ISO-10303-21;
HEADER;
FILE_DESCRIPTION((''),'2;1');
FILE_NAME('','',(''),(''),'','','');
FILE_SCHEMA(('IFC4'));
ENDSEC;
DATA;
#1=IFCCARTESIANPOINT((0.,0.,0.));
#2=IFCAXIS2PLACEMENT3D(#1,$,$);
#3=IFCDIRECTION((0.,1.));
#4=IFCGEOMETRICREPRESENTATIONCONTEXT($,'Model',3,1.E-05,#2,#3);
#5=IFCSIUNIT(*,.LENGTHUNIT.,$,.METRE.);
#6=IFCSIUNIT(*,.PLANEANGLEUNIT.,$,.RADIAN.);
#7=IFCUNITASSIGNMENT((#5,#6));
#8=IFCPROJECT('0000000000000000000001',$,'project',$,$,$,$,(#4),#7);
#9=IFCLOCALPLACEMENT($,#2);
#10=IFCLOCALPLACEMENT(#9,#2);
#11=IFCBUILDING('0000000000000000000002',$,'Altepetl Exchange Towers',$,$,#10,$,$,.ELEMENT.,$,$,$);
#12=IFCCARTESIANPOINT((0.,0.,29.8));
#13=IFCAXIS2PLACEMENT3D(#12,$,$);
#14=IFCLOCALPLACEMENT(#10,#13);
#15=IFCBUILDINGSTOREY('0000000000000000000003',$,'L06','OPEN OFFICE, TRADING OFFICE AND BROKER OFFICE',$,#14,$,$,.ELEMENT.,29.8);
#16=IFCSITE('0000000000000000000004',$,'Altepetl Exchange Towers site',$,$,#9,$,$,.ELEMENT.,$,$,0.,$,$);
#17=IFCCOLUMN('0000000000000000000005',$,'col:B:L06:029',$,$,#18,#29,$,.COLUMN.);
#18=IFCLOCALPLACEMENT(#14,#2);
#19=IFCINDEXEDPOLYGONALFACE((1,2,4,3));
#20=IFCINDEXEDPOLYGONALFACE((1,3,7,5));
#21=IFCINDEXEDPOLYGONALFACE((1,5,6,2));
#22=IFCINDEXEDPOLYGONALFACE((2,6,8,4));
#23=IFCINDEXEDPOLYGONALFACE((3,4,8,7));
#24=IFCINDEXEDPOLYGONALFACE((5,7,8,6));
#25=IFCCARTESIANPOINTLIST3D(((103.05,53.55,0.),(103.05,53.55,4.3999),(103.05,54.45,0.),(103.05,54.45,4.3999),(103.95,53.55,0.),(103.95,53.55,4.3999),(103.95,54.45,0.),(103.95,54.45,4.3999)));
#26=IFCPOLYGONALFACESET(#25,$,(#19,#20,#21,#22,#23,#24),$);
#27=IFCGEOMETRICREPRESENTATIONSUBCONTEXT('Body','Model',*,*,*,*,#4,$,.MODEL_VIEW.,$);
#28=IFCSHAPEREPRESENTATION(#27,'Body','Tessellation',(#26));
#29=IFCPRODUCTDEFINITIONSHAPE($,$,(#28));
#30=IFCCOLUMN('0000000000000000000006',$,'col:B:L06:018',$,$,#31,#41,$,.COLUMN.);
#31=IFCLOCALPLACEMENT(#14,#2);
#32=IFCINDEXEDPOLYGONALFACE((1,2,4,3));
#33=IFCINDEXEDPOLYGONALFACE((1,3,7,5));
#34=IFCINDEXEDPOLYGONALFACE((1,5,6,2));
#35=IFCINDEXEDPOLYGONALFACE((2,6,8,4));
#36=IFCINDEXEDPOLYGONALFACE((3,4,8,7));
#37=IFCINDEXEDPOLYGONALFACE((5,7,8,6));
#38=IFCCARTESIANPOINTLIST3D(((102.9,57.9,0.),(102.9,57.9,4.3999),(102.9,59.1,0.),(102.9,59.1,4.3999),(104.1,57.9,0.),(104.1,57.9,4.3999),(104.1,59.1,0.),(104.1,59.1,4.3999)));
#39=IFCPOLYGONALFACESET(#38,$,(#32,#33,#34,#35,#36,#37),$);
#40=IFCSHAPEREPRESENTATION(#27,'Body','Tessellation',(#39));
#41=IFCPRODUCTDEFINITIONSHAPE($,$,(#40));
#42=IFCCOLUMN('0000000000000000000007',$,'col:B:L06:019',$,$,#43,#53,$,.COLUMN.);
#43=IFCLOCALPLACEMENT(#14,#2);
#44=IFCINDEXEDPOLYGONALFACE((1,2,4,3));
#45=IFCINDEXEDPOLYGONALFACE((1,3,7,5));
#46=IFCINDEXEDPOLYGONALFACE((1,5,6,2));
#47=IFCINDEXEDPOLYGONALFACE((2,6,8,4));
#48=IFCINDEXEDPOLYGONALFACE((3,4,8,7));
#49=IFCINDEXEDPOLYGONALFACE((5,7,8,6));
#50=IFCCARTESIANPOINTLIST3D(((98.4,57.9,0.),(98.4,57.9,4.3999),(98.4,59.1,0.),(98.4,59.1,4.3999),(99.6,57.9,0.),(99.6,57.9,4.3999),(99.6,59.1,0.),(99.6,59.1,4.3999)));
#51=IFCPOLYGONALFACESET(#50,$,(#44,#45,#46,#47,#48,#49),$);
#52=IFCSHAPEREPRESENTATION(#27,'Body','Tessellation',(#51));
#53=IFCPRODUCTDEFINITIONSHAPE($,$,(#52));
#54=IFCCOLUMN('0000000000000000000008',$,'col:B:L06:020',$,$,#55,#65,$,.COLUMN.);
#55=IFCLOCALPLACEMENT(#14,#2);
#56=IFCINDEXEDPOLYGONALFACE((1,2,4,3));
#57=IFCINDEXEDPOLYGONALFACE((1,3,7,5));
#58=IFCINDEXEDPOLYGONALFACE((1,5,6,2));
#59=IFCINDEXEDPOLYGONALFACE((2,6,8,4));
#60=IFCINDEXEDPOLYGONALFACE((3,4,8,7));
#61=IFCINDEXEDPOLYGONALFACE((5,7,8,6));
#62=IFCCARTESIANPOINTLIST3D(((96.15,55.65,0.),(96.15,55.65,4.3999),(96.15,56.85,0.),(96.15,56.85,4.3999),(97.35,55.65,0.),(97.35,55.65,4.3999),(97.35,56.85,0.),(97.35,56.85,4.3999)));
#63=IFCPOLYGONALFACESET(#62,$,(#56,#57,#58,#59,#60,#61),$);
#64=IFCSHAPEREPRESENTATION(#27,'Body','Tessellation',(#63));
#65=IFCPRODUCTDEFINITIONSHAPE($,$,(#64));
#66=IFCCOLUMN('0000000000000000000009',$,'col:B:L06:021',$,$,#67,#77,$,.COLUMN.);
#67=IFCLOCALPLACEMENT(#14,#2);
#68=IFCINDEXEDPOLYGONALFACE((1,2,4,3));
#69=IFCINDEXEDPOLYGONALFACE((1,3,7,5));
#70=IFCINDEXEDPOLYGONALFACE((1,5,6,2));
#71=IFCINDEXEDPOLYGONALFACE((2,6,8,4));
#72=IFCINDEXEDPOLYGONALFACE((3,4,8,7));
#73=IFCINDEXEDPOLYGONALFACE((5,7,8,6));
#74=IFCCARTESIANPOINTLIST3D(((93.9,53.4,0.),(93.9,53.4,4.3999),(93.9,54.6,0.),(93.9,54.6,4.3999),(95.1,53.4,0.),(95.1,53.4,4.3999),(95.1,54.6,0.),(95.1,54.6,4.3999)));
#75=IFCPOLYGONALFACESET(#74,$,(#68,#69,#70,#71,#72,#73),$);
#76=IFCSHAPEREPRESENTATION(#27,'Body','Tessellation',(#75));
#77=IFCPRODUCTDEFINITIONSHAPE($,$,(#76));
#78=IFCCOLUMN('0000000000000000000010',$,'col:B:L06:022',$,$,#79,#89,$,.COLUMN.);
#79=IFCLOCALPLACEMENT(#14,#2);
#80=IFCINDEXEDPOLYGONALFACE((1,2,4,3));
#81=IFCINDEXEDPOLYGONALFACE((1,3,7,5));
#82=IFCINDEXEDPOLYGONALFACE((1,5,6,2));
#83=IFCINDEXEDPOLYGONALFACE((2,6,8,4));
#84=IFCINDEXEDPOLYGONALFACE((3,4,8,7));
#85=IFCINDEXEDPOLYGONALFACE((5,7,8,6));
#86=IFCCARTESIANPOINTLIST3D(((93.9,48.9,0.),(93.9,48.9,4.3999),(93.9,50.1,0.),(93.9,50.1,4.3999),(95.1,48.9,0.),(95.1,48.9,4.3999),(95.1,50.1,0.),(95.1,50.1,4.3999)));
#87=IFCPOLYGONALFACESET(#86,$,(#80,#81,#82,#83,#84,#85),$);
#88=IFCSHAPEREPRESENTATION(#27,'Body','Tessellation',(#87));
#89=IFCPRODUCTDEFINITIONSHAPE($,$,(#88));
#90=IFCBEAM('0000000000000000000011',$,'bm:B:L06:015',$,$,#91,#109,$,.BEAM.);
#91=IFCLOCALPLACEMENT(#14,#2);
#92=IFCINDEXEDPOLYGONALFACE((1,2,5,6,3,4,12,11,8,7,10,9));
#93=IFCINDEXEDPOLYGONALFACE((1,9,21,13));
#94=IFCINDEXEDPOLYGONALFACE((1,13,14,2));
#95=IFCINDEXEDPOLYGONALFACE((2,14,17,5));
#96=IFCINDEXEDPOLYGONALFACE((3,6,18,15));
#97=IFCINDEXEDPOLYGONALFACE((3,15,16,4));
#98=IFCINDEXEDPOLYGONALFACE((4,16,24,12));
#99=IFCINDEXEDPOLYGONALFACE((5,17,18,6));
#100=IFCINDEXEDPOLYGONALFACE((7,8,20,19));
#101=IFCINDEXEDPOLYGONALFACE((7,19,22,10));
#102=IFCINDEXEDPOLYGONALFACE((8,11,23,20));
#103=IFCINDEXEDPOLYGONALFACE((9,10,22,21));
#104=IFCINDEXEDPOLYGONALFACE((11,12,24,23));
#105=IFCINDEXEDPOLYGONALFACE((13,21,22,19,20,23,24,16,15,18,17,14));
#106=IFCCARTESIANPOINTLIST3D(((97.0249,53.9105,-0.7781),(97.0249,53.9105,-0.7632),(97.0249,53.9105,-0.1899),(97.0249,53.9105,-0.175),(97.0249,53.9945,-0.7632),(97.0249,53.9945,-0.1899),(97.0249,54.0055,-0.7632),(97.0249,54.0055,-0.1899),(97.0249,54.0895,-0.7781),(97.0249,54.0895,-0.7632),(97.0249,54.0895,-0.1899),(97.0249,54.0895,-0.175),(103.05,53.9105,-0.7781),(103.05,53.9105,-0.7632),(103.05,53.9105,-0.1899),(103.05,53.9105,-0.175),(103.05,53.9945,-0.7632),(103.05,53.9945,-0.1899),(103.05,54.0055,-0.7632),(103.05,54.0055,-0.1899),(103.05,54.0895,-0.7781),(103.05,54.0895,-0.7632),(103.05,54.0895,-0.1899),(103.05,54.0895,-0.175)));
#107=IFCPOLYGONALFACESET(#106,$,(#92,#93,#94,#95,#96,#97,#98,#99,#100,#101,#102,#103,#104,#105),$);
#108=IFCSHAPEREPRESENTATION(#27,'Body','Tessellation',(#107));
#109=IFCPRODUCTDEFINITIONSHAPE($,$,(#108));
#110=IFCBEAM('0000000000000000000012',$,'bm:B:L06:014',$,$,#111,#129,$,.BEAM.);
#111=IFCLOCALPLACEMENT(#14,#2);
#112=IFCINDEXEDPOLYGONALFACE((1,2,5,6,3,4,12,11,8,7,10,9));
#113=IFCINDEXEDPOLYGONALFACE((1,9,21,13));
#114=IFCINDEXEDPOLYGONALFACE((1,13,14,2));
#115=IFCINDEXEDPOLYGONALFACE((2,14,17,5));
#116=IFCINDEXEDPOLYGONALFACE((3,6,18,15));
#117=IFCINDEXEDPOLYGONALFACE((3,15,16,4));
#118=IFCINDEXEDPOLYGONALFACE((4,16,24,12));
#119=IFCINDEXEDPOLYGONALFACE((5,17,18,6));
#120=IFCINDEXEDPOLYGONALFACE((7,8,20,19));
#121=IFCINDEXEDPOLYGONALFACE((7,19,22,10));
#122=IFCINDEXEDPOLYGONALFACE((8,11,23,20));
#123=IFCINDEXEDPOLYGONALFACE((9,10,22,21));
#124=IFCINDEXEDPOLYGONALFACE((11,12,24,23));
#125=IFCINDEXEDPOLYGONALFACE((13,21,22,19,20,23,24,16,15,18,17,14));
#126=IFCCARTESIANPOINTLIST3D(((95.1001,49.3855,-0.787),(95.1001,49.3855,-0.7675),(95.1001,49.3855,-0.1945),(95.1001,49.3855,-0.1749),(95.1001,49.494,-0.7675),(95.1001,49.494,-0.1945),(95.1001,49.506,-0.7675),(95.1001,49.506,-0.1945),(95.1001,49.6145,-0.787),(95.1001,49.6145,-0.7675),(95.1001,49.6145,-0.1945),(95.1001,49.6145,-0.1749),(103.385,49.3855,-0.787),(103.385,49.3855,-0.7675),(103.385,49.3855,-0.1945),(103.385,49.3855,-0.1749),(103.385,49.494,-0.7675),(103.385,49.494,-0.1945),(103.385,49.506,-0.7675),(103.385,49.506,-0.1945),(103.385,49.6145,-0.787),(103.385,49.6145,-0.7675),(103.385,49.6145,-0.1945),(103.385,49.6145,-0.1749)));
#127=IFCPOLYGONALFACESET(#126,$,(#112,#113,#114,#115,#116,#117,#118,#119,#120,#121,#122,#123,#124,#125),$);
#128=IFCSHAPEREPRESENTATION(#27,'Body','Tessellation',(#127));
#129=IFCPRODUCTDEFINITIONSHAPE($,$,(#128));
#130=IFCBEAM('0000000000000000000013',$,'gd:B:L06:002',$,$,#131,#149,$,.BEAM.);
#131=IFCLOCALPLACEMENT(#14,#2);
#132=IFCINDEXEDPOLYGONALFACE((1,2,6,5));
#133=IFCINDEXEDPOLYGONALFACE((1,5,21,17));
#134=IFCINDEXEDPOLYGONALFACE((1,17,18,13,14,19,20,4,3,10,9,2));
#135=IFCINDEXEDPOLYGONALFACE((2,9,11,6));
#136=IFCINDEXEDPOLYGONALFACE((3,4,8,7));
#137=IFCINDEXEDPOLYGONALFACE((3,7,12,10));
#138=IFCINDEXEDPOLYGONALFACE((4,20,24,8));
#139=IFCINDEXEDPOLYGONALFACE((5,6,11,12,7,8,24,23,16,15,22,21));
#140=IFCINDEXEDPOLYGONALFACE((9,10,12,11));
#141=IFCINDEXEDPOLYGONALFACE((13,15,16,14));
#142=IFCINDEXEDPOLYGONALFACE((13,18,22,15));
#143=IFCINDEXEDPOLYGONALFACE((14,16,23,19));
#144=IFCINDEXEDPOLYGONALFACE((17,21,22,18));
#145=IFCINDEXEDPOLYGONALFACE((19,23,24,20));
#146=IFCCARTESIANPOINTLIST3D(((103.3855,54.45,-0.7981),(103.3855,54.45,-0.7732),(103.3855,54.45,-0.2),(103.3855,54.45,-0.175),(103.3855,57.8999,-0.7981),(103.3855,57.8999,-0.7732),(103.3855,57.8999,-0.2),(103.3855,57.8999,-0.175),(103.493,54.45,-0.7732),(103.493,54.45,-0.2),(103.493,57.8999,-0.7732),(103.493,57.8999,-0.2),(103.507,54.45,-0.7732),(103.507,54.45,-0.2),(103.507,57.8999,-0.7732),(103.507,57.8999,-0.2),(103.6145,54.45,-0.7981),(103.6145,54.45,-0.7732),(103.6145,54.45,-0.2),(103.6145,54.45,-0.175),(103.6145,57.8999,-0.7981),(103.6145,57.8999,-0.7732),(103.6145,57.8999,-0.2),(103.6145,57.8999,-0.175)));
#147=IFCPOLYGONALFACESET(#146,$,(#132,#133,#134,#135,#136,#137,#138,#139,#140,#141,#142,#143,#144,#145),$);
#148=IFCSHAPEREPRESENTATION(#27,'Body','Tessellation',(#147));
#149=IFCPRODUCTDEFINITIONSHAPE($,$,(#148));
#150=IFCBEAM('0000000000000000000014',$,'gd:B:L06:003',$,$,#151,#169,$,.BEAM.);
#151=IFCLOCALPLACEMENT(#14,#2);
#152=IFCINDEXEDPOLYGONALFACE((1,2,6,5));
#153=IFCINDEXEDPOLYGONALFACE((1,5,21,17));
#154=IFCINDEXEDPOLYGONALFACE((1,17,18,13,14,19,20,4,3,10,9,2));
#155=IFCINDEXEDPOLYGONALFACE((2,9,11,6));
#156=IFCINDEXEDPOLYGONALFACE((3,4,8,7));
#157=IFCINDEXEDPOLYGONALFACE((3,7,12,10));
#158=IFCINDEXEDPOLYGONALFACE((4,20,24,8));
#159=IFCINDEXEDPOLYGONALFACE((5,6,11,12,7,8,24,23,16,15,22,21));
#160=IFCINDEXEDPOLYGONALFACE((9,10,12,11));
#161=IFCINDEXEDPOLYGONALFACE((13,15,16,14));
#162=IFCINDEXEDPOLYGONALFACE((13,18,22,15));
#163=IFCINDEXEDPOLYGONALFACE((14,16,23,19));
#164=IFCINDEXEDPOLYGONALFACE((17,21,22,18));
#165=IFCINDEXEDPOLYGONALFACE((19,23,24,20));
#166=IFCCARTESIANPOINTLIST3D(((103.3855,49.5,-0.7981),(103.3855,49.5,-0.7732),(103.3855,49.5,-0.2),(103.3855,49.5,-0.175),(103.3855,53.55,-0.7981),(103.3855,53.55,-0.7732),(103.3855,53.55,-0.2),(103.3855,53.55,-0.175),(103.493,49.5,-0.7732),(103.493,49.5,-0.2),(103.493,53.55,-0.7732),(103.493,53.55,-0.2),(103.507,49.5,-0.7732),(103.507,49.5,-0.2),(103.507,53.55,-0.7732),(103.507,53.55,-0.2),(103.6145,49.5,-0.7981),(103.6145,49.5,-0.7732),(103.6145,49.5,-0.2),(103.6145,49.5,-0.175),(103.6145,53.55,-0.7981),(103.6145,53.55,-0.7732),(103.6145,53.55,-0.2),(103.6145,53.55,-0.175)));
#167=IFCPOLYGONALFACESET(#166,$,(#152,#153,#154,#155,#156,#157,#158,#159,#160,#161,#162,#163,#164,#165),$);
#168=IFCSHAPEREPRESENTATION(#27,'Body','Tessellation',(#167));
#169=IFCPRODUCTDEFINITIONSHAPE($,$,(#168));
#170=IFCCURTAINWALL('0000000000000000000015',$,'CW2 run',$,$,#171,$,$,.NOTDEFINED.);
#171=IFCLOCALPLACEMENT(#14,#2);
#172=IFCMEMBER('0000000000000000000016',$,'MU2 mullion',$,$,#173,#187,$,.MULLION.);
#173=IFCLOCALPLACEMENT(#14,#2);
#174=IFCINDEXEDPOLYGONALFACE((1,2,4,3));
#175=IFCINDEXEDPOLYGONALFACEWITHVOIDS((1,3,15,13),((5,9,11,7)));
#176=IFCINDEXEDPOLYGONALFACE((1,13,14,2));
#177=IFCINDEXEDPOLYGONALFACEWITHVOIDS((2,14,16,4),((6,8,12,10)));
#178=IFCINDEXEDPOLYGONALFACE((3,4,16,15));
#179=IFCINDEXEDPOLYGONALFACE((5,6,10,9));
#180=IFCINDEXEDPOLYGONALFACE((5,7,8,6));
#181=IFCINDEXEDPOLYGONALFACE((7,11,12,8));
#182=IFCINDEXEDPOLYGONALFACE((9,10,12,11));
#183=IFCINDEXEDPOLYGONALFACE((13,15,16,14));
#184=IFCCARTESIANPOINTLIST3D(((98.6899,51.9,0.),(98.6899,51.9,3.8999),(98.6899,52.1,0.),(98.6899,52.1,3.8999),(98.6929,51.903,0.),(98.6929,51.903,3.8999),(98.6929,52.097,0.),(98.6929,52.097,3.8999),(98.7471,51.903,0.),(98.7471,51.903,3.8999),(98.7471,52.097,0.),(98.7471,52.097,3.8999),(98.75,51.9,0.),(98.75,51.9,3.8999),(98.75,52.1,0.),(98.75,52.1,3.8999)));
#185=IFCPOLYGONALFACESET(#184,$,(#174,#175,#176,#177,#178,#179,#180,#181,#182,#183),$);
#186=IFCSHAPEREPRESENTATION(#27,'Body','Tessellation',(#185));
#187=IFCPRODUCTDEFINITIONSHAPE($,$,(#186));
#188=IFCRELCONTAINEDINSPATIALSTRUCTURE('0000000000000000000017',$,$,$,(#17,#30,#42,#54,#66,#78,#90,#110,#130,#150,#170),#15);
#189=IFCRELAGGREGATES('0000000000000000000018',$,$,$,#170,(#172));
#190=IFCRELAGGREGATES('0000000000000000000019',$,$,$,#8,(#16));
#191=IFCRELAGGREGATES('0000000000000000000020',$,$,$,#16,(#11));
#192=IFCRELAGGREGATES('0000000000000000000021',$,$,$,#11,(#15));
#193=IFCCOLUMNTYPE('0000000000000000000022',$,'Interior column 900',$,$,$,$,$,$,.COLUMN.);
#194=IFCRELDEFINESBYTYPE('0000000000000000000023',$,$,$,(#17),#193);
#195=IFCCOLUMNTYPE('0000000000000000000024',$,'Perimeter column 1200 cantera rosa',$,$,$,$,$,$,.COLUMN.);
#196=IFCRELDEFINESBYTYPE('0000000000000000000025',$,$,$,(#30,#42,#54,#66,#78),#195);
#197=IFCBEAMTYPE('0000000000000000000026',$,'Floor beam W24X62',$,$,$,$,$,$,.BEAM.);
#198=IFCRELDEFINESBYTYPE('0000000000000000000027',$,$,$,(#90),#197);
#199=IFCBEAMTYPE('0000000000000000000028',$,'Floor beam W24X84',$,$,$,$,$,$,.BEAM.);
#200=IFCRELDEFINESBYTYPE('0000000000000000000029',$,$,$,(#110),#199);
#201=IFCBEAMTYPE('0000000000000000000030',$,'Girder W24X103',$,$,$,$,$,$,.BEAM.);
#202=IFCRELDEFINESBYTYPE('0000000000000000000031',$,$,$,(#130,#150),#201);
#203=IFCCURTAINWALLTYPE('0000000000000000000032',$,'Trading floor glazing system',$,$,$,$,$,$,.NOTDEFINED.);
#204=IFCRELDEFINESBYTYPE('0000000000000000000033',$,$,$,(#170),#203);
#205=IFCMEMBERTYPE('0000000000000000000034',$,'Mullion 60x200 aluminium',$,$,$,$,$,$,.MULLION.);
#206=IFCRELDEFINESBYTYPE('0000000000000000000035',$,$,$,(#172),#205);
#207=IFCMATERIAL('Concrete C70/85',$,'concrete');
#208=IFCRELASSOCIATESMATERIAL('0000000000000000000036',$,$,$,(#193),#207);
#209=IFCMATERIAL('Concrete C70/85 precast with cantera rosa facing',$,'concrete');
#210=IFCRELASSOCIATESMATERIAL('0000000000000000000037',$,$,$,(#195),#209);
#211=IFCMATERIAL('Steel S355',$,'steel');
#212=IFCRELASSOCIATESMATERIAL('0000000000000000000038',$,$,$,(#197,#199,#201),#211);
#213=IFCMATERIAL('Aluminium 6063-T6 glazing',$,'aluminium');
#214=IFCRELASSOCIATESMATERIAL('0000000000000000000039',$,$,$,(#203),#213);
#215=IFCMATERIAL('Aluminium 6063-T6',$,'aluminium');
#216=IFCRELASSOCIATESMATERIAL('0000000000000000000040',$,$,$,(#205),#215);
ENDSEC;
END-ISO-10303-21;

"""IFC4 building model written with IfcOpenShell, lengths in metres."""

from ifc_helpers import new_model, si_unit, direction, frame, origin, origin_2d, place, context, subcontext, project, spatial, rectangle, hollow_rectangle, i_section, extrude, material, material_profile, profile_set, type_object, element, aggregate, save


model = new_model("IFC4")

# Units and contexts
model_context = context("Model", 3, precision=1e-05, world=origin(), true_north=direction((0.0, 1.0)))
body_context = subcontext(model_context, "Body", "Model", "MODEL_VIEW")
ifc_project = project(units=[si_unit("LENGTHUNIT", "METRE"), si_unit("PLANEANGLEUNIT", "RADIAN")], contexts=[model_context])

# Site, building, storey
site_placement = place(None, origin())
site = spatial("IfcSite", under=ifc_project, at=site_placement, Name="Altepetl Exchange Towers site", CompositionType="ELEMENT", RefElevation=0.0)
building_placement = place(site_placement, origin())
building = spatial("IfcBuilding", under=site, at=building_placement, Name="Altepetl Exchange Towers", CompositionType="ELEMENT")
storey_placement = place(building_placement, frame((0.0, 0.0, 29.8)))
storey = spatial("IfcBuildingStorey", under=building, at=storey_placement, Name="L06", Description="OPEN OFFICE, TRADING OFFICE AND BROKER OFFICE", CompositionType="ELEMENT", Elevation=29.8)

# Columns
ifc_material_1 = material(Name="Concrete C70/85", Category="concrete")
ifc_material_profile_1 = material_profile(ifc_material_1, rectangle(XDim=0.8999, YDim=0.8999, at=origin_2d()), Name="900 x 900")
ifc_profile_set_1 = profile_set([ifc_material_profile_1], Name="Concrete C70/85")
column_type_1 = type_object("IfcColumnType", Name="Interior column 900", PredefinedType="COLUMN", material=ifc_profile_set_1)
column_placement = place(storey_placement, frame((103.5, 54.0, 0.0)))
element("IfcColumn", 1, at=column_placement, inside=storey, type_object=column_type_1, Name="col:B:L06:029", PredefinedType="COLUMN", context=body_context, shape_type="SweptSolid", body=[
    extrude(rectangle(XDim=0.8999, YDim=0.8999, at=origin_2d()), origin(), (0.0, 0.0, 1.0), 4.3999),
])
ifc_material_2 = material(Name="Concrete C70/85 precast with cantera rosa facing", Category="concrete")
ifc_material_profile_2 = material_profile(ifc_material_2, rectangle(XDim=1.2, YDim=1.2, at=origin_2d()), Name="1200 x 1200")
ifc_profile_set_2 = profile_set([ifc_material_profile_2], Name="Concrete C70/85 precast with cantera rosa facing")
column_type_2 = type_object("IfcColumnType", Name="Perimeter column 1200 cantera rosa", PredefinedType="COLUMN", material=ifc_profile_set_2)
for number, where, name in (
    (2, (103.5, 58.5, 0.0), "col:B:L06:018"),
    (3, (99.0, 58.5, 0.0), "col:B:L06:019"),
    (4, (96.75, 56.25, 0.0), "col:B:L06:020"),
    (5, (94.5, 54.0, 0.0), "col:B:L06:021"),
    (6, (94.5, 49.5, 0.0), "col:B:L06:022"),
):
    element("IfcColumn", number, at=place(storey_placement, frame(where)), inside=storey, type_object=column_type_2, Name=name, PredefinedType="COLUMN", context=body_context, shape_type="SweptSolid", body=[
        extrude(rectangle(XDim=1.2, YDim=1.2, at=origin_2d()), origin(), (0.0, 0.0, 1.0), 4.3999),
    ])

# Beams
ifc_material_3 = material(Name="Steel S355", Category="steel")
ifc_material_profile_3 = material_profile(ifc_material_3, i_section(OverallWidth=0.179, OverallDepth=0.603, WebThickness=0.011, FlangeThickness=0.0149, at=origin_2d()), Name="W24X62")
ifc_profile_set_3 = profile_set([ifc_material_profile_3], Name="Steel S355")
beam_type_1 = type_object("IfcBeamType", Name="Floor beam W24X62", PredefinedType="BEAM", material=ifc_profile_set_3)
beam_1_placement = place(storey_placement, frame((97.0249, 54.0, -0.4766), z_axis=(1.0, 0.0, 0.0), x_axis=(0.0, 1.0, 0.0)))
element("IfcBeam", 7, at=beam_1_placement, inside=storey, type_object=beam_type_1, Name="bm:B:L06:015", PredefinedType="BEAM", context=body_context, shape_type="SweptSolid", body=[
    extrude(i_section(OverallWidth=0.179, OverallDepth=0.603, WebThickness=0.011, FlangeThickness=0.0149, at=origin_2d()), origin(), (0.0, 0.0, 1.0), 6.0251),
])
ifc_material_profile_4 = material_profile(ifc_material_3, i_section(OverallWidth=0.229, OverallDepth=0.6121, WebThickness=0.012, FlangeThickness=0.0195, at=origin_2d()), Name="W24X84")
ifc_profile_set_4 = profile_set([ifc_material_profile_4], Name="Steel S355")
beam_type_2 = type_object("IfcBeamType", Name="Floor beam W24X84", PredefinedType="BEAM", material=ifc_profile_set_4)
beam_2_placement = place(storey_placement, frame((95.1001, 49.5, -0.481), z_axis=(1.0, 0.0, 0.0), x_axis=(0.0, 1.0, 0.0)))
element("IfcBeam", 8, at=beam_2_placement, inside=storey, type_object=beam_type_2, Name="bm:B:L06:014", PredefinedType="BEAM", context=body_context, shape_type="SweptSolid", body=[
    extrude(i_section(OverallWidth=0.229, OverallDepth=0.6121, WebThickness=0.012, FlangeThickness=0.0195, at=origin_2d()), origin(), (0.0, 0.0, 1.0), 8.2849),
])
ifc_material_profile_5 = material_profile(ifc_material_3, i_section(OverallWidth=0.229, OverallDepth=0.623, WebThickness=0.0139, FlangeThickness=0.0249, at=origin_2d()), Name="W24X103")
ifc_profile_set_5 = profile_set([ifc_material_profile_5], Name="Steel S355")
beam_type_3 = type_object("IfcBeamType", Name="Girder W24X103", PredefinedType="BEAM", material=ifc_profile_set_5)
beam_3_placement = place(storey_placement, frame((103.5, 57.8999, -0.4866), z_axis=(0.0, -1.0, 0.0), x_axis=(1.0, 0.0, 0.0)))
element("IfcBeam", 9, at=beam_3_placement, inside=storey, type_object=beam_type_3, Name="gd:B:L06:002", PredefinedType="BEAM", context=body_context, shape_type="SweptSolid", body=[
    extrude(i_section(OverallWidth=0.229, OverallDepth=0.623, WebThickness=0.0139, FlangeThickness=0.0249, at=origin_2d()), origin(), (0.0, 0.0, 1.0), 3.45),
])
beam_4_placement = place(storey_placement, frame((103.5, 53.55, -0.4866), z_axis=(0.0, -1.0, 0.0), x_axis=(1.0, 0.0, 0.0)))
element("IfcBeam", 10, at=beam_4_placement, inside=storey, type_object=beam_type_3, Name="gd:B:L06:003", PredefinedType="BEAM", context=body_context, shape_type="SweptSolid", body=[
    extrude(i_section(OverallWidth=0.229, OverallDepth=0.623, WebThickness=0.0139, FlangeThickness=0.0249, at=origin_2d()), origin(), (0.0, 0.0, 1.0), 4.05),
])

# Curtain wall, member
ifc_material_4 = material(Name="Aluminium 6063-T6 glazing", Category="aluminium")
curtain_wall_type = type_object("IfcCurtainWallType", Name="Trading floor glazing system", PredefinedType="NOTDEFINED", material=ifc_material_4)
curtain_wall_1_placement = place(storey_placement, origin())
curtain_wall_1 = element("IfcCurtainWall", 11, at=curtain_wall_1_placement, inside=storey, type_object=curtain_wall_type, Name="CW2 run", PredefinedType="NOTDEFINED")
ifc_material_5 = material(Name="Aluminium 6063-T6", Category="aluminium")
ifc_material_profile_6 = material_profile(ifc_material_5, hollow_rectangle(XDim=0.0601, YDim=0.2, WallThickness=0.0029, at=origin_2d()), Name="Mullion 60x200 aluminium")
ifc_profile_set_6 = profile_set([ifc_material_profile_6], Name="Aluminium 6063-T6")
member_type = type_object("IfcMemberType", Name="Mullion 60x200 aluminium", PredefinedType="MULLION", material=ifc_profile_set_6)
member_1_placement = place(storey_placement, frame((98.72, 52.0, 0.0), z_axis=(0.0, 0.0, 1.0), x_axis=(-1.0, 0.0, 0.0)))
member_1 = element("IfcMember", 12, at=member_1_placement, type_object=member_type, Name="MU2 mullion", PredefinedType="MULLION", context=body_context, shape_type="SweptSolid", body=[
    extrude(hollow_rectangle(XDim=0.0601, YDim=0.2, WallThickness=0.0029, at=origin_2d()), origin(), (0.0, 0.0, 1.0), 3.8999),
])

aggregate(curtain_wall_1, [member_1])

save(model, "model.ifc")
